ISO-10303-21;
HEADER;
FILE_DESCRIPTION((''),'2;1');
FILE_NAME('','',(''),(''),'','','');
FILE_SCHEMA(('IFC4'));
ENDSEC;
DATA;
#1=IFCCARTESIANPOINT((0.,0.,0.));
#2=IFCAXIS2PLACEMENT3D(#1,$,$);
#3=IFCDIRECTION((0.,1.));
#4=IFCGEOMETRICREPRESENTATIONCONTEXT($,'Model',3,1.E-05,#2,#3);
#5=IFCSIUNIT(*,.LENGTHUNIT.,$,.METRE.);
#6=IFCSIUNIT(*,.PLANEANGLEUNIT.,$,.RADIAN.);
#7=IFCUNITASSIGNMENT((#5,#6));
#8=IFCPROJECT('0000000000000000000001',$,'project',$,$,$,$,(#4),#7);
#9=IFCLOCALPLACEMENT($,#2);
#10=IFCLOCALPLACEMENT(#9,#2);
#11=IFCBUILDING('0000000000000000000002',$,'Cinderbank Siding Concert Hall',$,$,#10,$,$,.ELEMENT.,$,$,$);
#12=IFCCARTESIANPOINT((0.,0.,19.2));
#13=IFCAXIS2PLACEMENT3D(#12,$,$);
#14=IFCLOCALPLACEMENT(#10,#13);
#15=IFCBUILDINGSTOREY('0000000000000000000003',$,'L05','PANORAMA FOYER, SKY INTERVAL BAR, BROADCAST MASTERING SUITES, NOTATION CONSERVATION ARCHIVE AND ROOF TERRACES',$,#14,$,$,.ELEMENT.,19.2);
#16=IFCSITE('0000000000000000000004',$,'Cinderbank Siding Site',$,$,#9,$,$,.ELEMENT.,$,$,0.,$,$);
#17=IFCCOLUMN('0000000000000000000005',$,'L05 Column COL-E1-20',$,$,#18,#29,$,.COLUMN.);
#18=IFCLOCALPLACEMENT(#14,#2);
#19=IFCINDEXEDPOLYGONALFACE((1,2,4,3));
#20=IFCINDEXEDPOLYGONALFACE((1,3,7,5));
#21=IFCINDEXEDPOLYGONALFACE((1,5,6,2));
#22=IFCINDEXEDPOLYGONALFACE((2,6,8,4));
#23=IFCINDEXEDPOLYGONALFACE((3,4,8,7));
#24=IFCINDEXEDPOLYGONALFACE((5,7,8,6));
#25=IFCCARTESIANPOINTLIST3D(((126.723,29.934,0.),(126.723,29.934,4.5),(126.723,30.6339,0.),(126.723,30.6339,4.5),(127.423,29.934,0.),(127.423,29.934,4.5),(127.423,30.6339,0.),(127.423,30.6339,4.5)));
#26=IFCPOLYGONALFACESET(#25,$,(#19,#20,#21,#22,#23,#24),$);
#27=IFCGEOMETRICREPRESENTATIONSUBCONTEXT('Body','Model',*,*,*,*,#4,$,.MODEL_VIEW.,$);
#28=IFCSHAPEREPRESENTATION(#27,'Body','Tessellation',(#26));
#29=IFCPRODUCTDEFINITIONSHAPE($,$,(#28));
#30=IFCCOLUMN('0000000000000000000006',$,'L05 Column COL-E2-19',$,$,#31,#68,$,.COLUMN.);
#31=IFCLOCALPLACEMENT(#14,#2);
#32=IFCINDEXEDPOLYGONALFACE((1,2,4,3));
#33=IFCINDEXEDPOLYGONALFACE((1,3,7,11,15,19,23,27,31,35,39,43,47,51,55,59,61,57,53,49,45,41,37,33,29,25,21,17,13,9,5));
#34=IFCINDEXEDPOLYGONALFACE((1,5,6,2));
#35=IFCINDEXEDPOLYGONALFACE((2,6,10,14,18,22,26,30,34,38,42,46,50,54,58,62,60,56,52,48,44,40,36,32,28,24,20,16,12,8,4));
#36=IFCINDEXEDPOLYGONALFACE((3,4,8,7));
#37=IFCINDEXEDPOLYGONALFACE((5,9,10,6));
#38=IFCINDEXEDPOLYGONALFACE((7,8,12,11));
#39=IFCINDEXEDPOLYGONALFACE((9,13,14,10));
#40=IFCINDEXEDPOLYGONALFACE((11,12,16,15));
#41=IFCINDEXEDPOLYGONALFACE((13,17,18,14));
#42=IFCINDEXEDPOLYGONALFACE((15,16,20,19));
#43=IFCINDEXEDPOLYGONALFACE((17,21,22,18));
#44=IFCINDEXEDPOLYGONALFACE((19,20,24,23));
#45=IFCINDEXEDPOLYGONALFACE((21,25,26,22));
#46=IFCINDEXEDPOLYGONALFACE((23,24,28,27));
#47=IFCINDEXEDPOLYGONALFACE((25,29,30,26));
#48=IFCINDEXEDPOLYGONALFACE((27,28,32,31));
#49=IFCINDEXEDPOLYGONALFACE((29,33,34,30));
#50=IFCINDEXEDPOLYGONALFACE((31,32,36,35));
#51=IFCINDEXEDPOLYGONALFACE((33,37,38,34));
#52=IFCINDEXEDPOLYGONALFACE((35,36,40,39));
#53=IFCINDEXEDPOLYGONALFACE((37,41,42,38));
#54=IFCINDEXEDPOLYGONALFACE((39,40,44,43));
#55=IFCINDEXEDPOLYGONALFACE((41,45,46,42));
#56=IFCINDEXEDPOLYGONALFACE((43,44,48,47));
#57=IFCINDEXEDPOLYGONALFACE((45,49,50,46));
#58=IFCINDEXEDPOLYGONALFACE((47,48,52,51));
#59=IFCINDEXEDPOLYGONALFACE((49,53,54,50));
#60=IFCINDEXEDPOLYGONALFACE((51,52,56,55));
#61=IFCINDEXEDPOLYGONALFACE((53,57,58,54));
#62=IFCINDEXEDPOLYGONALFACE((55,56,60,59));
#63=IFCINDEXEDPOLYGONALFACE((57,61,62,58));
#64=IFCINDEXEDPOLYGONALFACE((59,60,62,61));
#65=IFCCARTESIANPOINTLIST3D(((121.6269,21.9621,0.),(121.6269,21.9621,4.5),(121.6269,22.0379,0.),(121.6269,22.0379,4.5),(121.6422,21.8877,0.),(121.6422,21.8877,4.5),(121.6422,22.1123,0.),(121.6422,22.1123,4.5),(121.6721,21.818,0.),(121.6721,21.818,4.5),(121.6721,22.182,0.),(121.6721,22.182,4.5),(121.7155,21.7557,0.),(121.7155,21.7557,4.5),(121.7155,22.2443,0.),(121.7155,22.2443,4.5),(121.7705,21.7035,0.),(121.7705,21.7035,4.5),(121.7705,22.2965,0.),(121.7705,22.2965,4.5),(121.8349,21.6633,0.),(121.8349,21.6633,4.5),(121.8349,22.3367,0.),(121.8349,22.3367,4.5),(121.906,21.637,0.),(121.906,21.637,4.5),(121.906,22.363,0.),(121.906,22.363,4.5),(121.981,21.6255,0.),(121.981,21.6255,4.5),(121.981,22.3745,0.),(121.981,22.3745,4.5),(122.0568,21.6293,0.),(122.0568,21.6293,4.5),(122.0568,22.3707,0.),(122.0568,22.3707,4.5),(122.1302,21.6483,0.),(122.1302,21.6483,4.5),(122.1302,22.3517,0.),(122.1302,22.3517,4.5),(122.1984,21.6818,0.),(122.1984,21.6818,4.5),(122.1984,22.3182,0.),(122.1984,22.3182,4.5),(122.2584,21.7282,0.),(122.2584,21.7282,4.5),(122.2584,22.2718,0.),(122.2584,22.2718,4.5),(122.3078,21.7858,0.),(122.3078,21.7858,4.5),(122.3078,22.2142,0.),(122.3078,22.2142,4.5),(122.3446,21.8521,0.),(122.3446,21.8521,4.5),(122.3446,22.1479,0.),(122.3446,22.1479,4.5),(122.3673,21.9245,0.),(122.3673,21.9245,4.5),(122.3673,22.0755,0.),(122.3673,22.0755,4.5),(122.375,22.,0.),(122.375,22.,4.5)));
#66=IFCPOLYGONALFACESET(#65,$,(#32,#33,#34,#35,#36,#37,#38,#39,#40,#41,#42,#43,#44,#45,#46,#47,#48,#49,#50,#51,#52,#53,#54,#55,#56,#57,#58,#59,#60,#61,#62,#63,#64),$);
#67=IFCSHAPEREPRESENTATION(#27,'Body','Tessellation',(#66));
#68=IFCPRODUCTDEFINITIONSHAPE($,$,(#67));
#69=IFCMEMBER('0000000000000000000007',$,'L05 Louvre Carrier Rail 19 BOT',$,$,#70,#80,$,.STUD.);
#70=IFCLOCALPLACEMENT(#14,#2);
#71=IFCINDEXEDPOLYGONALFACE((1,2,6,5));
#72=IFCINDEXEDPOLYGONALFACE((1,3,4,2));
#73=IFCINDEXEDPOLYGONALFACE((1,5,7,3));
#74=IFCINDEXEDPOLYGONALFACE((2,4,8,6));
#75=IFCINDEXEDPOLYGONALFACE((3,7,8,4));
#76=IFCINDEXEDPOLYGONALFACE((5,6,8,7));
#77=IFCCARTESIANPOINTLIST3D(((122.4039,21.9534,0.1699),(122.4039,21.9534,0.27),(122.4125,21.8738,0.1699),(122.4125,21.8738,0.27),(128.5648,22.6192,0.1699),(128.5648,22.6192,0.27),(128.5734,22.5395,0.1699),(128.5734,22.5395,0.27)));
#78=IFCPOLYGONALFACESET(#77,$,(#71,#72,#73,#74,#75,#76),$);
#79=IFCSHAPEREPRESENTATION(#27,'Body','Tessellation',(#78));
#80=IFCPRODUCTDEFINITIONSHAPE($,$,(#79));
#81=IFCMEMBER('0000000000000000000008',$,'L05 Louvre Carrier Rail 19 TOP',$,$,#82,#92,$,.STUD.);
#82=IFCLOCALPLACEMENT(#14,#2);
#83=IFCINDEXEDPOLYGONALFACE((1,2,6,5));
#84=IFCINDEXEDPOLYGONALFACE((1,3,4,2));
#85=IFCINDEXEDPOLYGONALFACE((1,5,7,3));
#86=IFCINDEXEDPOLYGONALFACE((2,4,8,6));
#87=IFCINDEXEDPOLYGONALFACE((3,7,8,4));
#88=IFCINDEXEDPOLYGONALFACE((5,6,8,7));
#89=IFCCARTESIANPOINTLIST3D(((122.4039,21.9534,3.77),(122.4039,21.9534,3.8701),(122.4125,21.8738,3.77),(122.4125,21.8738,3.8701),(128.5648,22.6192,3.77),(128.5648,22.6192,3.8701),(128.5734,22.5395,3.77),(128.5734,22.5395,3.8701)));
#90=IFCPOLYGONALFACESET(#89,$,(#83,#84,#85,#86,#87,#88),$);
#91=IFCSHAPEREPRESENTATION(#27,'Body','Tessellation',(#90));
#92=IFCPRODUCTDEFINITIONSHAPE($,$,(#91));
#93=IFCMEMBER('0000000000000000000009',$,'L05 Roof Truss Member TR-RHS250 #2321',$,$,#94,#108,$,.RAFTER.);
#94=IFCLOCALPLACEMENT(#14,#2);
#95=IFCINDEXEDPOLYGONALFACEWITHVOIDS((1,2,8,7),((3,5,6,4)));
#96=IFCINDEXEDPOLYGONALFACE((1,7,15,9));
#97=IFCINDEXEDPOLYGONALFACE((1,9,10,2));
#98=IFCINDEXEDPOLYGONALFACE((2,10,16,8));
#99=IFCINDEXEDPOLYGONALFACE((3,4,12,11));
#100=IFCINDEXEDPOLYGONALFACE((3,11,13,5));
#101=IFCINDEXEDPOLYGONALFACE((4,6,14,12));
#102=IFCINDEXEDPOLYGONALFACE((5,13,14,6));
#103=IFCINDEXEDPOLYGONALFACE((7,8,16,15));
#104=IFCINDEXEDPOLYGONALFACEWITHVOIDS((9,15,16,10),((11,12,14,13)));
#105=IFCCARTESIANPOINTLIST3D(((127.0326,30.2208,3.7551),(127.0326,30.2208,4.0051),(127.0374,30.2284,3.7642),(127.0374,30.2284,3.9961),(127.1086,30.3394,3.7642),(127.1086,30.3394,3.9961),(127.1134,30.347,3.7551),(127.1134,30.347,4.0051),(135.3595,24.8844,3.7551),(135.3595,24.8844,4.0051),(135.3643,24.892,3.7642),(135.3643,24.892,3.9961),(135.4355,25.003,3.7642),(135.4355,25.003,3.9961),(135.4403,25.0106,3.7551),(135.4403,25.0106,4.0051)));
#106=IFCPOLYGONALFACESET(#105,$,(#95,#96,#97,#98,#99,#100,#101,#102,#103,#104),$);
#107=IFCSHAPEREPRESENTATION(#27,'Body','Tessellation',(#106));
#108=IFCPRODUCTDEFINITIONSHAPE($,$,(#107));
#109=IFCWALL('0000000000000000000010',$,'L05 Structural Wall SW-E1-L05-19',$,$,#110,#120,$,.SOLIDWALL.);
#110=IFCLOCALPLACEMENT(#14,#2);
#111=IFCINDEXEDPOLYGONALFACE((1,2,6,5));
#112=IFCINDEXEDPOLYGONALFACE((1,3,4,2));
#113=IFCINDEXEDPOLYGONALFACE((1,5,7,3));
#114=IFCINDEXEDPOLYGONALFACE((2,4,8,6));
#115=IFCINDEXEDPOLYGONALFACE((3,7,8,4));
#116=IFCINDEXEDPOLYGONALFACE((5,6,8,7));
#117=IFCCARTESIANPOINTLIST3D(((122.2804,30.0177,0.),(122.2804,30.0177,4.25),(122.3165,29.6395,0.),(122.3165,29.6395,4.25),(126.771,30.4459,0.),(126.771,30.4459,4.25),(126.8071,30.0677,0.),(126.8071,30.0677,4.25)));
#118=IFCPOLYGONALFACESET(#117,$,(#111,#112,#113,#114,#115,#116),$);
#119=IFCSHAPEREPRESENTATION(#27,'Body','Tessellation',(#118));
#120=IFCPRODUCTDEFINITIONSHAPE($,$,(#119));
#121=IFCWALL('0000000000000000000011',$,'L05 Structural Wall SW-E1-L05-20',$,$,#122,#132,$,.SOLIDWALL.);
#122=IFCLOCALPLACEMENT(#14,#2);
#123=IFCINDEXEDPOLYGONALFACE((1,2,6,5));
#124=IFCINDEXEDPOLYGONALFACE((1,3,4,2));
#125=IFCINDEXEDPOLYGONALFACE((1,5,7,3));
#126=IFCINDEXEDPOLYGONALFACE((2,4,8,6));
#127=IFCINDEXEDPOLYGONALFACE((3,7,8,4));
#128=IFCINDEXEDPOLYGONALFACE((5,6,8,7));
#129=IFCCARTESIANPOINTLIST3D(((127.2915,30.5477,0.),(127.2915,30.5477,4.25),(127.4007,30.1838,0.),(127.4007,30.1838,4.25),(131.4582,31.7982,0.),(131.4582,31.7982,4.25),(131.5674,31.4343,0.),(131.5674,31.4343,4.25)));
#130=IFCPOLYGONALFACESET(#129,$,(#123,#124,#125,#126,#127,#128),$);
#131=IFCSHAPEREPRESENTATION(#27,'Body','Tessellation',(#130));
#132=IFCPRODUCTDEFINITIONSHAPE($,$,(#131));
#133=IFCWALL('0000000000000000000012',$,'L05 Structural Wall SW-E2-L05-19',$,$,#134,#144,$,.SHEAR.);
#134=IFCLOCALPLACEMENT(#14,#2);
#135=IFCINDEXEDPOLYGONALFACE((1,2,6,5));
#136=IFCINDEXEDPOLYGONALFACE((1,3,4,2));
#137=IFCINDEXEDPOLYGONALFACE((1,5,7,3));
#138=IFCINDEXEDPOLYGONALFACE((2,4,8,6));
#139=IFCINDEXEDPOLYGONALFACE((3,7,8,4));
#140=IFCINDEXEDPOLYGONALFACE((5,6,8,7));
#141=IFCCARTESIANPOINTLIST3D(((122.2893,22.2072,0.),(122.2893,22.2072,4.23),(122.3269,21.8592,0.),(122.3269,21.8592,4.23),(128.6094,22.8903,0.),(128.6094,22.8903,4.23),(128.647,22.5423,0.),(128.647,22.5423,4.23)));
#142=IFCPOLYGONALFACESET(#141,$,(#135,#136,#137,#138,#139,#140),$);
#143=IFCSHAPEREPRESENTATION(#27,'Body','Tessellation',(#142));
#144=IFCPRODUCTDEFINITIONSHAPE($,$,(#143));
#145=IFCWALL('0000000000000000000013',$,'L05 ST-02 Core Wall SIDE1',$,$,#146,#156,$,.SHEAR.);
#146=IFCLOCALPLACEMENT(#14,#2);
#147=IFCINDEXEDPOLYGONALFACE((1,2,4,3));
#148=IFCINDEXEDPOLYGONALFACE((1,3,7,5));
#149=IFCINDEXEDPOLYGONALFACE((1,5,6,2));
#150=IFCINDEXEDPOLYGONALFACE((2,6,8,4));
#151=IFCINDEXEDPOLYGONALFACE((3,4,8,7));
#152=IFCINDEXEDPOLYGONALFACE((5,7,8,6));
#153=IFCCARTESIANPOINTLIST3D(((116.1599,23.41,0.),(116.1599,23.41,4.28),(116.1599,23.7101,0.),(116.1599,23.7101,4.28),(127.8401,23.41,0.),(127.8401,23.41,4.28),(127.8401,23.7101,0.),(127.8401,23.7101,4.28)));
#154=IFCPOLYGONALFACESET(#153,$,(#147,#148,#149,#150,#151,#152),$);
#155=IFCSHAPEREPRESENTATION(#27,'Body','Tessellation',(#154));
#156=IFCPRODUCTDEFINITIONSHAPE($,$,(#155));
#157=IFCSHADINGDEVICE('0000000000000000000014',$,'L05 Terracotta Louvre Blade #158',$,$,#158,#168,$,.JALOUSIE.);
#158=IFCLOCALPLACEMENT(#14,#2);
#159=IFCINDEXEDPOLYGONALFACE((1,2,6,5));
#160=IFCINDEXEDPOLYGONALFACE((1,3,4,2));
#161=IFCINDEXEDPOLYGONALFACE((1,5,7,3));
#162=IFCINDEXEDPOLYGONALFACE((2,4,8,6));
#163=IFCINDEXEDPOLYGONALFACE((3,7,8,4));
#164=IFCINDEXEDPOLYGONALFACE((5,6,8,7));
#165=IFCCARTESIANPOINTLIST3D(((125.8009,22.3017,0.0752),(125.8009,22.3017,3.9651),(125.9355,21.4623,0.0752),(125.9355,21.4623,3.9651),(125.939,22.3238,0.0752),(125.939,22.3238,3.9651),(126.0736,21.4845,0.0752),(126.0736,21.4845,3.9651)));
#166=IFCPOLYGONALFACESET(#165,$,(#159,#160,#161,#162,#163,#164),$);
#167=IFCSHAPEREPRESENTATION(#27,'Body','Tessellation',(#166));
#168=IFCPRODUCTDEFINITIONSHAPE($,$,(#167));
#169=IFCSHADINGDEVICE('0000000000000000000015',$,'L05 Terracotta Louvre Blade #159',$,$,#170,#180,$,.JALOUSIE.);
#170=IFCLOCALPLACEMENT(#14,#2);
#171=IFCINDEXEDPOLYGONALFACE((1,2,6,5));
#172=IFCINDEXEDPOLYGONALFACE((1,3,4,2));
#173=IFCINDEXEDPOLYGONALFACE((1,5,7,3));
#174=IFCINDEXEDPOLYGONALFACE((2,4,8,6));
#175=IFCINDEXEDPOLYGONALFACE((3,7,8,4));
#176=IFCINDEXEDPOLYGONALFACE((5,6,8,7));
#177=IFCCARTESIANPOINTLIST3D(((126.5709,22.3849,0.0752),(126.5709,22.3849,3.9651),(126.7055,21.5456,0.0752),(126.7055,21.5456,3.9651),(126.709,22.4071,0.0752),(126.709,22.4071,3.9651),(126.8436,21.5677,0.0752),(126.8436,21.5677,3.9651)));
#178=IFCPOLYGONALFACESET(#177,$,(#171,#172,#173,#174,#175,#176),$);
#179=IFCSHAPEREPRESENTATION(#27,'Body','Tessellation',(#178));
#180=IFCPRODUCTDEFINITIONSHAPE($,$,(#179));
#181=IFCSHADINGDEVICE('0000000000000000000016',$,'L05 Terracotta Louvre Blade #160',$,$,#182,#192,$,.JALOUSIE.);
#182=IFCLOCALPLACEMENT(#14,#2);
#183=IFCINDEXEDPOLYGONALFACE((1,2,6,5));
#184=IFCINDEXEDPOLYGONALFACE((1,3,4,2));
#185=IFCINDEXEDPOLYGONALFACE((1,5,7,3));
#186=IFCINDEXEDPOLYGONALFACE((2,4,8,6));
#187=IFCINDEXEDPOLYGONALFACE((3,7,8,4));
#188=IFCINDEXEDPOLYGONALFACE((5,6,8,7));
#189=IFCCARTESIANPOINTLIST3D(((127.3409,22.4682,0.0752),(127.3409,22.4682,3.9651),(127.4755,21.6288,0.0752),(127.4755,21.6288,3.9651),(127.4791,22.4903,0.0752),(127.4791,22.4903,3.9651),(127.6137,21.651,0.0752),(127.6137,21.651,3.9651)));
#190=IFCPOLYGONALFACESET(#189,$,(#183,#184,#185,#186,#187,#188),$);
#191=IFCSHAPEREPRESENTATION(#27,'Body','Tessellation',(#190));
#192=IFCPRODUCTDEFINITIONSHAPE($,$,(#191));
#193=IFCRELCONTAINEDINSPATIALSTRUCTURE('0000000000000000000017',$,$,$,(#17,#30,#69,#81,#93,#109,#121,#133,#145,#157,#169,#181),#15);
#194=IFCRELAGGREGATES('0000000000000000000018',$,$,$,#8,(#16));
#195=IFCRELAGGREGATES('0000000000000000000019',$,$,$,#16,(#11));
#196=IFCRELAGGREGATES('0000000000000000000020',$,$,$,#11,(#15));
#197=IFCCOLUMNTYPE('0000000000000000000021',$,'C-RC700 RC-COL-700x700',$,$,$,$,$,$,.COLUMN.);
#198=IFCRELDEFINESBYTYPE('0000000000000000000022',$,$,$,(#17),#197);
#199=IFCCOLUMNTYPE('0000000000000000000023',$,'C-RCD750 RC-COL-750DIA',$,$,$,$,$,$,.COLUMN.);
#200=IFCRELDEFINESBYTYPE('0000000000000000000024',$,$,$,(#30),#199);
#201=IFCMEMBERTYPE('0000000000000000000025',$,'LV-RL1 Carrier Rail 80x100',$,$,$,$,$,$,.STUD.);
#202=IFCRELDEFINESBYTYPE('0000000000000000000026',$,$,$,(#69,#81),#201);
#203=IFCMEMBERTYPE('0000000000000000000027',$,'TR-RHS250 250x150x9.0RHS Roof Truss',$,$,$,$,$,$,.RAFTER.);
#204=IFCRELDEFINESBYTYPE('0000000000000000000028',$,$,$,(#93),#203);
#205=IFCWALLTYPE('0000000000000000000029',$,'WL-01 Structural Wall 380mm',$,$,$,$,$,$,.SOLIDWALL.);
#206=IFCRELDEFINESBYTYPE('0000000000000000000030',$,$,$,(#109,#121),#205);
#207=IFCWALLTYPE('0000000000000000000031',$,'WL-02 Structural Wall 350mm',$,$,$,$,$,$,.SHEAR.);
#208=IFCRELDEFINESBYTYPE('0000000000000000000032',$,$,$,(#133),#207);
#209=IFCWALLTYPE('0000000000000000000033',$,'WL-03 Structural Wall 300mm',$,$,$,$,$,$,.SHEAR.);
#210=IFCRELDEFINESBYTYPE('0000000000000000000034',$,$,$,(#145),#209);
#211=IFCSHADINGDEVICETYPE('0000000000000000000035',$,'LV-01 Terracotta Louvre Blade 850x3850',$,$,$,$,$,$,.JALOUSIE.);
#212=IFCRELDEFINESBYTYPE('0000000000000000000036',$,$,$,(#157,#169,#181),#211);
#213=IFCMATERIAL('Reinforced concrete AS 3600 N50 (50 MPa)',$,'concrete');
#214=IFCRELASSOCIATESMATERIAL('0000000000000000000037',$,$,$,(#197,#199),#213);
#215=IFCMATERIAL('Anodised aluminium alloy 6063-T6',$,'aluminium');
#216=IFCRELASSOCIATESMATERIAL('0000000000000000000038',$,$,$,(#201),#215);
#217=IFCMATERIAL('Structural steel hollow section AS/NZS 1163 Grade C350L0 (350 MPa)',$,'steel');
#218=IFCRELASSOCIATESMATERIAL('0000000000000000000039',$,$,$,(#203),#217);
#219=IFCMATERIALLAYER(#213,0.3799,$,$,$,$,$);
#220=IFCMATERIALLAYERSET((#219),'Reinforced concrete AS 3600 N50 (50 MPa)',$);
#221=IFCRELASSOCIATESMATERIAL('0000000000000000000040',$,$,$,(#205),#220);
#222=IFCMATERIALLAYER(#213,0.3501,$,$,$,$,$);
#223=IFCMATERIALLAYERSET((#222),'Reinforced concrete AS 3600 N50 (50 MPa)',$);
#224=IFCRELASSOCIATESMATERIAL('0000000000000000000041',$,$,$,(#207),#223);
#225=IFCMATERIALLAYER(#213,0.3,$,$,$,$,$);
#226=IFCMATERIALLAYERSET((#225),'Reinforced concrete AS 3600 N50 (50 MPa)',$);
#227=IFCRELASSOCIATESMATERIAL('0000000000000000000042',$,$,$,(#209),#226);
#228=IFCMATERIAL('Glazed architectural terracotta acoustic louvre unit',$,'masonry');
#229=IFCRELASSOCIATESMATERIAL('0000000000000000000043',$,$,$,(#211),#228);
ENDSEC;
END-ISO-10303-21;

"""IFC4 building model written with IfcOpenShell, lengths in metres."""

from ifc_helpers import new_model, si_unit, direction, frame, frame_2d, origin, origin_2d, place, context, subcontext, project, spatial, rectangle, hollow_rectangle, circle, extrude, material, layer, layer_set, material_profile, profile_set, type_object, element, save


model = new_model("IFC4")

# Units and contexts
model_context = context("Model", 3, precision=1e-05, world=origin(), true_north=direction((0.0, 1.0)))
body_context = subcontext(model_context, "Body", "Model", "MODEL_VIEW")
ifc_project = project(units=[si_unit("LENGTHUNIT", "METRE"), si_unit("PLANEANGLEUNIT", "RADIAN")], contexts=[model_context])

# Site, building, storey
site_placement = place(None, origin())
site = spatial("IfcSite", under=ifc_project, at=site_placement, Name="Cinderbank Siding Site", CompositionType="ELEMENT", RefElevation=0.0)
building_placement = place(site_placement, origin())
building = spatial("IfcBuilding", under=site, at=building_placement, Name="Cinderbank Siding Concert Hall", CompositionType="ELEMENT")
storey_placement = place(building_placement, frame((0.0, 0.0, 19.2)))
storey = spatial("IfcBuildingStorey", under=building, at=storey_placement, Name="L05", Description="PANORAMA FOYER, SKY INTERVAL BAR, BROADCAST MASTERING SUITES, NOTATION CONSERVATION ARCHIVE AND ROOF TERRACES", CompositionType="ELEMENT", Elevation=19.2)

# Columns
ifc_material_1 = material(Name="Reinforced concrete AS 3600 N50 (50 MPa)", Category="concrete")
ifc_material_profile_1 = material_profile(ifc_material_1, rectangle(XDim=0.7, YDim=0.7, at=origin_2d()), Name="RC-COL-700x700", Category="LoadBearing")
ifc_profile_set_1 = profile_set([ifc_material_profile_1], Name="Reinforced concrete AS 3600 N50 (50 MPa)")
column_type_1 = type_object("IfcColumnType", Name="C-RC700 RC-COL-700x700", PredefinedType="COLUMN", material=ifc_profile_set_1)
column_1_placement = place(storey_placement, frame((127.073, 30.2839, 0.0), z_axis=(0.0, 0.0, 1.0), x_axis=(1.0, 0.0, 0.0)))
element("IfcColumn", 1, at=column_1_placement, inside=storey, type_object=column_type_1, Name="L05 Column COL-E1-20", PredefinedType="COLUMN", context=body_context, shape_type="SweptSolid", body=[
    extrude(rectangle(XDim=0.7, YDim=0.7, at=origin_2d()), origin(), (0.0, 0.0, 1.0), 4.5),
])
ifc_material_profile_2 = material_profile(ifc_material_1, circle(Radius=0.375, at=origin_2d()), Name="RC-COL-750DIA", Category="LoadBearing")
ifc_profile_set_2 = profile_set([ifc_material_profile_2], Name="Reinforced concrete AS 3600 N50 (50 MPa)")
column_type_2 = type_object("IfcColumnType", Name="C-RCD750 RC-COL-750DIA", PredefinedType="COLUMN", material=ifc_profile_set_2)
column_2_placement = place(storey_placement, frame((122.0, 22.0, 0.0), z_axis=(0.0, 0.0, 1.0), x_axis=(1.0, 0.0, 0.0)))
element("IfcColumn", 2, at=column_2_placement, inside=storey, type_object=column_type_2, Name="L05 Column COL-E2-19", PredefinedType="COLUMN", context=body_context, shape_type="SweptSolid", body=[
    extrude(circle(Radius=0.375, at=origin_2d()), origin(), (0.0, 0.0, 1.0), 4.5),
])

# Members
ifc_material_2 = material(Name="Anodised aluminium alloy 6063-T6", Category="aluminium")
ifc_material_profile_3 = material_profile(ifc_material_2, rectangle(XDim=0.0801, YDim=0.1001, at=origin_2d()), Name="ALU-RAIL-80x100", Category="LoadBearing")
ifc_profile_set_3 = profile_set([ifc_material_profile_3], Name="Anodised aluminium alloy 6063-T6")
member_type_1 = type_object("IfcMemberType", Name="LV-RL1 Carrier Rail 80x100", PredefinedType="STUD", material=ifc_profile_set_3)
for number, where, z_axis, x_axis, name in (
    (3, (122.4082, 21.9136, 0.22), (0.994212, 0.107439, 0.0), (-0.107439, 0.994212, 0.0), "L05 Louvre Carrier Rail 19 BOT"),
    (4, (122.4082, 21.9136, 3.8201), (0.994212, 0.107439, 0.0), (-0.107439, 0.994212, 0.0), "L05 Louvre Carrier Rail 19 TOP"),
):
    element("IfcMember", number, at=place(storey_placement, frame(where, z_axis=z_axis, x_axis=x_axis)), inside=storey, type_object=member_type_1, Name=name, PredefinedType="STUD", context=body_context, shape_type="SweptSolid", body=[
        extrude(rectangle(XDim=0.0801, YDim=0.1001, at=origin_2d()), origin(), (0.0, 0.0, 1.0), 6.1968),
    ])
ifc_material_3 = material(Name="Structural steel hollow section AS/NZS 1163 Grade C350L0 (350 MPa)", Category="steel")
ifc_material_profile_4 = material_profile(ifc_material_3, hollow_rectangle(XDim=0.1499, YDim=0.25, WallThickness=0.009, at=origin_2d()), Name="250x150x9.0RHS", Category="LoadBearing")
ifc_profile_set_4 = profile_set([ifc_material_profile_4], Name="Structural steel hollow section AS/NZS 1163 Grade C350L0 (350 MPa)")
member_type_2 = type_object("IfcMemberType", Name="TR-RHS250 250x150x9.0RHS Roof Truss", PredefinedType="RAFTER", material=ifc_profile_set_4)
member_placement = place(storey_placement, frame((127.073, 30.2839, 3.8801), z_axis=(0.84194, -0.539571, 0.0), x_axis=(0.539571, 0.84194, 0.0)))
element("IfcMember", 5, at=member_placement, inside=storey, type_object=member_type_2, Name="L05 Roof Truss Member TR-RHS250 #2321", PredefinedType="RAFTER", context=body_context, shape_type="SweptSolid", body=[
    extrude(hollow_rectangle(XDim=0.1499, YDim=0.25, WallThickness=0.009, at=origin_2d()), origin(), (0.0, 0.0, 1.0), 9.8901),
])

# Walls
ifc_layer_1 = layer(ifc_material_1, 0.3799)
ifc_layer_set_1 = layer_set([ifc_layer_1], Name="Reinforced concrete AS 3600 N50 (50 MPa)")
wall_type_1 = type_object("IfcWallType", Name="WL-01 Structural Wall 380mm", PredefinedType="SOLIDWALL", material=ifc_layer_set_1)
wall_1_placement = place(storey_placement, frame((122.2986, 29.8286, 0.0), z_axis=(0.0, 0.0, 1.0), x_axis=(0.995484, 0.094927, 0.0)))
element("IfcWall", 6, at=wall_1_placement, inside=storey, type_object=wall_type_1, Name="L05 Structural Wall SW-E1-L05-19", PredefinedType="SOLIDWALL", context=body_context, shape_type="SweptSolid", body=[
    extrude(rectangle(XDim=4.511, YDim=0.3799, at=frame_2d((2.2554, 0.0))), origin(), (0.0, 0.0, 1.0), 4.25),
])
wall_2_placement = place(storey_placement, frame((127.3459, 30.3657, 0.0), z_axis=(0.0, 0.0, 1.0), x_axis=(0.957797, 0.287446, 0.0)))
element("IfcWall", 7, at=wall_2_placement, inside=storey, type_object=wall_type_1, Name="L05 Structural Wall SW-E1-L05-20", PredefinedType="SOLIDWALL", context=body_context, shape_type="SweptSolid", body=[
    extrude(rectangle(XDim=4.3503, YDim=0.3799, at=frame_2d((2.1753, 0.0))), origin(), (0.0, 0.0, 1.0), 4.25),
])
ifc_layer_2 = layer(ifc_material_1, 0.3501)
ifc_layer_set_2 = layer_set([ifc_layer_2], Name="Reinforced concrete AS 3600 N50 (50 MPa)")
wall_type_2 = type_object("IfcWallType", Name="WL-02 Structural Wall 350mm", PredefinedType="SHEAR", material=ifc_layer_set_2)
wall_3_placement = place(storey_placement, frame((122.3081, 22.0332, 0.0), z_axis=(0.0, 0.0, 1.0), x_axis=(0.994209, 0.107459, 0.0)))
element("IfcWall", 8, at=wall_3_placement, inside=storey, type_object=wall_type_2, Name="L05 Structural Wall SW-E2-L05-19", PredefinedType="SHEAR", context=body_context, shape_type="SweptSolid", body=[
    extrude(rectangle(XDim=6.3569, YDim=0.3501, at=frame_2d((3.1785, 0.0))), origin(), (0.0, 0.0, 1.0), 4.23),
])
ifc_layer_3 = layer(ifc_material_1, 0.3)
ifc_layer_set_3 = layer_set([ifc_layer_3], Name="Reinforced concrete AS 3600 N50 (50 MPa)")
wall_type_3 = type_object("IfcWallType", Name="WL-03 Structural Wall 300mm", PredefinedType="SHEAR", material=ifc_layer_set_3)
wall_4_placement = place(storey_placement, frame((127.8401, 23.5601, 0.0), z_axis=(0.0, 0.0, 1.0), x_axis=(-1.0, 0.0, 0.0)))
element("IfcWall", 9, at=wall_4_placement, inside=storey, type_object=wall_type_3, Name="L05 ST-02 Core Wall SIDE1", PredefinedType="SHEAR", context=body_context, shape_type="SweptSolid", body=[
    extrude(rectangle(XDim=11.6802, YDim=0.3, at=frame_2d((5.8401, 0.0))), origin(), (0.0, 0.0, 1.0), 4.28),
])

# Shading devices
ifc_material_4 = material(Name="Glazed architectural terracotta acoustic louvre unit", Category="masonry")
shading_device_type = type_object("IfcShadingDeviceType", Name="LV-01 Terracotta Louvre Blade 850x3850", PredefinedType="JALOUSIE", material=ifc_material_4)
for number, where, z_axis, x_axis, name in (
    (10, (125.9373, 21.8931, 0.0752), (0.0, 0.0, 1.0), (0.158354, -0.987382, 0.0), "L05 Terracotta Louvre Blade #158"),
    (11, (126.7073, 21.9763, 0.0752), (0.0, 0.0, 1.0), (0.158354, -0.987382, 0.0), "L05 Terracotta Louvre Blade #159"),
    (12, (127.4773, 22.0596, 0.0752), (0.0, 0.0, 1.0), (0.158354, -0.987382, 0.0), "L05 Terracotta Louvre Blade #160"),
):
    element("IfcShadingDevice", number, at=place(storey_placement, frame(where, z_axis=z_axis, x_axis=x_axis)), inside=storey, type_object=shading_device_type, Name=name, PredefinedType="JALOUSIE", context=body_context, shape_type="SweptSolid", body=[
        extrude(rectangle(XDim=0.8501, YDim=0.1399, at=origin_2d()), origin(), (0.0, 0.0, 1.0), 3.8899),
    ])

save(model, "model.ifc")
